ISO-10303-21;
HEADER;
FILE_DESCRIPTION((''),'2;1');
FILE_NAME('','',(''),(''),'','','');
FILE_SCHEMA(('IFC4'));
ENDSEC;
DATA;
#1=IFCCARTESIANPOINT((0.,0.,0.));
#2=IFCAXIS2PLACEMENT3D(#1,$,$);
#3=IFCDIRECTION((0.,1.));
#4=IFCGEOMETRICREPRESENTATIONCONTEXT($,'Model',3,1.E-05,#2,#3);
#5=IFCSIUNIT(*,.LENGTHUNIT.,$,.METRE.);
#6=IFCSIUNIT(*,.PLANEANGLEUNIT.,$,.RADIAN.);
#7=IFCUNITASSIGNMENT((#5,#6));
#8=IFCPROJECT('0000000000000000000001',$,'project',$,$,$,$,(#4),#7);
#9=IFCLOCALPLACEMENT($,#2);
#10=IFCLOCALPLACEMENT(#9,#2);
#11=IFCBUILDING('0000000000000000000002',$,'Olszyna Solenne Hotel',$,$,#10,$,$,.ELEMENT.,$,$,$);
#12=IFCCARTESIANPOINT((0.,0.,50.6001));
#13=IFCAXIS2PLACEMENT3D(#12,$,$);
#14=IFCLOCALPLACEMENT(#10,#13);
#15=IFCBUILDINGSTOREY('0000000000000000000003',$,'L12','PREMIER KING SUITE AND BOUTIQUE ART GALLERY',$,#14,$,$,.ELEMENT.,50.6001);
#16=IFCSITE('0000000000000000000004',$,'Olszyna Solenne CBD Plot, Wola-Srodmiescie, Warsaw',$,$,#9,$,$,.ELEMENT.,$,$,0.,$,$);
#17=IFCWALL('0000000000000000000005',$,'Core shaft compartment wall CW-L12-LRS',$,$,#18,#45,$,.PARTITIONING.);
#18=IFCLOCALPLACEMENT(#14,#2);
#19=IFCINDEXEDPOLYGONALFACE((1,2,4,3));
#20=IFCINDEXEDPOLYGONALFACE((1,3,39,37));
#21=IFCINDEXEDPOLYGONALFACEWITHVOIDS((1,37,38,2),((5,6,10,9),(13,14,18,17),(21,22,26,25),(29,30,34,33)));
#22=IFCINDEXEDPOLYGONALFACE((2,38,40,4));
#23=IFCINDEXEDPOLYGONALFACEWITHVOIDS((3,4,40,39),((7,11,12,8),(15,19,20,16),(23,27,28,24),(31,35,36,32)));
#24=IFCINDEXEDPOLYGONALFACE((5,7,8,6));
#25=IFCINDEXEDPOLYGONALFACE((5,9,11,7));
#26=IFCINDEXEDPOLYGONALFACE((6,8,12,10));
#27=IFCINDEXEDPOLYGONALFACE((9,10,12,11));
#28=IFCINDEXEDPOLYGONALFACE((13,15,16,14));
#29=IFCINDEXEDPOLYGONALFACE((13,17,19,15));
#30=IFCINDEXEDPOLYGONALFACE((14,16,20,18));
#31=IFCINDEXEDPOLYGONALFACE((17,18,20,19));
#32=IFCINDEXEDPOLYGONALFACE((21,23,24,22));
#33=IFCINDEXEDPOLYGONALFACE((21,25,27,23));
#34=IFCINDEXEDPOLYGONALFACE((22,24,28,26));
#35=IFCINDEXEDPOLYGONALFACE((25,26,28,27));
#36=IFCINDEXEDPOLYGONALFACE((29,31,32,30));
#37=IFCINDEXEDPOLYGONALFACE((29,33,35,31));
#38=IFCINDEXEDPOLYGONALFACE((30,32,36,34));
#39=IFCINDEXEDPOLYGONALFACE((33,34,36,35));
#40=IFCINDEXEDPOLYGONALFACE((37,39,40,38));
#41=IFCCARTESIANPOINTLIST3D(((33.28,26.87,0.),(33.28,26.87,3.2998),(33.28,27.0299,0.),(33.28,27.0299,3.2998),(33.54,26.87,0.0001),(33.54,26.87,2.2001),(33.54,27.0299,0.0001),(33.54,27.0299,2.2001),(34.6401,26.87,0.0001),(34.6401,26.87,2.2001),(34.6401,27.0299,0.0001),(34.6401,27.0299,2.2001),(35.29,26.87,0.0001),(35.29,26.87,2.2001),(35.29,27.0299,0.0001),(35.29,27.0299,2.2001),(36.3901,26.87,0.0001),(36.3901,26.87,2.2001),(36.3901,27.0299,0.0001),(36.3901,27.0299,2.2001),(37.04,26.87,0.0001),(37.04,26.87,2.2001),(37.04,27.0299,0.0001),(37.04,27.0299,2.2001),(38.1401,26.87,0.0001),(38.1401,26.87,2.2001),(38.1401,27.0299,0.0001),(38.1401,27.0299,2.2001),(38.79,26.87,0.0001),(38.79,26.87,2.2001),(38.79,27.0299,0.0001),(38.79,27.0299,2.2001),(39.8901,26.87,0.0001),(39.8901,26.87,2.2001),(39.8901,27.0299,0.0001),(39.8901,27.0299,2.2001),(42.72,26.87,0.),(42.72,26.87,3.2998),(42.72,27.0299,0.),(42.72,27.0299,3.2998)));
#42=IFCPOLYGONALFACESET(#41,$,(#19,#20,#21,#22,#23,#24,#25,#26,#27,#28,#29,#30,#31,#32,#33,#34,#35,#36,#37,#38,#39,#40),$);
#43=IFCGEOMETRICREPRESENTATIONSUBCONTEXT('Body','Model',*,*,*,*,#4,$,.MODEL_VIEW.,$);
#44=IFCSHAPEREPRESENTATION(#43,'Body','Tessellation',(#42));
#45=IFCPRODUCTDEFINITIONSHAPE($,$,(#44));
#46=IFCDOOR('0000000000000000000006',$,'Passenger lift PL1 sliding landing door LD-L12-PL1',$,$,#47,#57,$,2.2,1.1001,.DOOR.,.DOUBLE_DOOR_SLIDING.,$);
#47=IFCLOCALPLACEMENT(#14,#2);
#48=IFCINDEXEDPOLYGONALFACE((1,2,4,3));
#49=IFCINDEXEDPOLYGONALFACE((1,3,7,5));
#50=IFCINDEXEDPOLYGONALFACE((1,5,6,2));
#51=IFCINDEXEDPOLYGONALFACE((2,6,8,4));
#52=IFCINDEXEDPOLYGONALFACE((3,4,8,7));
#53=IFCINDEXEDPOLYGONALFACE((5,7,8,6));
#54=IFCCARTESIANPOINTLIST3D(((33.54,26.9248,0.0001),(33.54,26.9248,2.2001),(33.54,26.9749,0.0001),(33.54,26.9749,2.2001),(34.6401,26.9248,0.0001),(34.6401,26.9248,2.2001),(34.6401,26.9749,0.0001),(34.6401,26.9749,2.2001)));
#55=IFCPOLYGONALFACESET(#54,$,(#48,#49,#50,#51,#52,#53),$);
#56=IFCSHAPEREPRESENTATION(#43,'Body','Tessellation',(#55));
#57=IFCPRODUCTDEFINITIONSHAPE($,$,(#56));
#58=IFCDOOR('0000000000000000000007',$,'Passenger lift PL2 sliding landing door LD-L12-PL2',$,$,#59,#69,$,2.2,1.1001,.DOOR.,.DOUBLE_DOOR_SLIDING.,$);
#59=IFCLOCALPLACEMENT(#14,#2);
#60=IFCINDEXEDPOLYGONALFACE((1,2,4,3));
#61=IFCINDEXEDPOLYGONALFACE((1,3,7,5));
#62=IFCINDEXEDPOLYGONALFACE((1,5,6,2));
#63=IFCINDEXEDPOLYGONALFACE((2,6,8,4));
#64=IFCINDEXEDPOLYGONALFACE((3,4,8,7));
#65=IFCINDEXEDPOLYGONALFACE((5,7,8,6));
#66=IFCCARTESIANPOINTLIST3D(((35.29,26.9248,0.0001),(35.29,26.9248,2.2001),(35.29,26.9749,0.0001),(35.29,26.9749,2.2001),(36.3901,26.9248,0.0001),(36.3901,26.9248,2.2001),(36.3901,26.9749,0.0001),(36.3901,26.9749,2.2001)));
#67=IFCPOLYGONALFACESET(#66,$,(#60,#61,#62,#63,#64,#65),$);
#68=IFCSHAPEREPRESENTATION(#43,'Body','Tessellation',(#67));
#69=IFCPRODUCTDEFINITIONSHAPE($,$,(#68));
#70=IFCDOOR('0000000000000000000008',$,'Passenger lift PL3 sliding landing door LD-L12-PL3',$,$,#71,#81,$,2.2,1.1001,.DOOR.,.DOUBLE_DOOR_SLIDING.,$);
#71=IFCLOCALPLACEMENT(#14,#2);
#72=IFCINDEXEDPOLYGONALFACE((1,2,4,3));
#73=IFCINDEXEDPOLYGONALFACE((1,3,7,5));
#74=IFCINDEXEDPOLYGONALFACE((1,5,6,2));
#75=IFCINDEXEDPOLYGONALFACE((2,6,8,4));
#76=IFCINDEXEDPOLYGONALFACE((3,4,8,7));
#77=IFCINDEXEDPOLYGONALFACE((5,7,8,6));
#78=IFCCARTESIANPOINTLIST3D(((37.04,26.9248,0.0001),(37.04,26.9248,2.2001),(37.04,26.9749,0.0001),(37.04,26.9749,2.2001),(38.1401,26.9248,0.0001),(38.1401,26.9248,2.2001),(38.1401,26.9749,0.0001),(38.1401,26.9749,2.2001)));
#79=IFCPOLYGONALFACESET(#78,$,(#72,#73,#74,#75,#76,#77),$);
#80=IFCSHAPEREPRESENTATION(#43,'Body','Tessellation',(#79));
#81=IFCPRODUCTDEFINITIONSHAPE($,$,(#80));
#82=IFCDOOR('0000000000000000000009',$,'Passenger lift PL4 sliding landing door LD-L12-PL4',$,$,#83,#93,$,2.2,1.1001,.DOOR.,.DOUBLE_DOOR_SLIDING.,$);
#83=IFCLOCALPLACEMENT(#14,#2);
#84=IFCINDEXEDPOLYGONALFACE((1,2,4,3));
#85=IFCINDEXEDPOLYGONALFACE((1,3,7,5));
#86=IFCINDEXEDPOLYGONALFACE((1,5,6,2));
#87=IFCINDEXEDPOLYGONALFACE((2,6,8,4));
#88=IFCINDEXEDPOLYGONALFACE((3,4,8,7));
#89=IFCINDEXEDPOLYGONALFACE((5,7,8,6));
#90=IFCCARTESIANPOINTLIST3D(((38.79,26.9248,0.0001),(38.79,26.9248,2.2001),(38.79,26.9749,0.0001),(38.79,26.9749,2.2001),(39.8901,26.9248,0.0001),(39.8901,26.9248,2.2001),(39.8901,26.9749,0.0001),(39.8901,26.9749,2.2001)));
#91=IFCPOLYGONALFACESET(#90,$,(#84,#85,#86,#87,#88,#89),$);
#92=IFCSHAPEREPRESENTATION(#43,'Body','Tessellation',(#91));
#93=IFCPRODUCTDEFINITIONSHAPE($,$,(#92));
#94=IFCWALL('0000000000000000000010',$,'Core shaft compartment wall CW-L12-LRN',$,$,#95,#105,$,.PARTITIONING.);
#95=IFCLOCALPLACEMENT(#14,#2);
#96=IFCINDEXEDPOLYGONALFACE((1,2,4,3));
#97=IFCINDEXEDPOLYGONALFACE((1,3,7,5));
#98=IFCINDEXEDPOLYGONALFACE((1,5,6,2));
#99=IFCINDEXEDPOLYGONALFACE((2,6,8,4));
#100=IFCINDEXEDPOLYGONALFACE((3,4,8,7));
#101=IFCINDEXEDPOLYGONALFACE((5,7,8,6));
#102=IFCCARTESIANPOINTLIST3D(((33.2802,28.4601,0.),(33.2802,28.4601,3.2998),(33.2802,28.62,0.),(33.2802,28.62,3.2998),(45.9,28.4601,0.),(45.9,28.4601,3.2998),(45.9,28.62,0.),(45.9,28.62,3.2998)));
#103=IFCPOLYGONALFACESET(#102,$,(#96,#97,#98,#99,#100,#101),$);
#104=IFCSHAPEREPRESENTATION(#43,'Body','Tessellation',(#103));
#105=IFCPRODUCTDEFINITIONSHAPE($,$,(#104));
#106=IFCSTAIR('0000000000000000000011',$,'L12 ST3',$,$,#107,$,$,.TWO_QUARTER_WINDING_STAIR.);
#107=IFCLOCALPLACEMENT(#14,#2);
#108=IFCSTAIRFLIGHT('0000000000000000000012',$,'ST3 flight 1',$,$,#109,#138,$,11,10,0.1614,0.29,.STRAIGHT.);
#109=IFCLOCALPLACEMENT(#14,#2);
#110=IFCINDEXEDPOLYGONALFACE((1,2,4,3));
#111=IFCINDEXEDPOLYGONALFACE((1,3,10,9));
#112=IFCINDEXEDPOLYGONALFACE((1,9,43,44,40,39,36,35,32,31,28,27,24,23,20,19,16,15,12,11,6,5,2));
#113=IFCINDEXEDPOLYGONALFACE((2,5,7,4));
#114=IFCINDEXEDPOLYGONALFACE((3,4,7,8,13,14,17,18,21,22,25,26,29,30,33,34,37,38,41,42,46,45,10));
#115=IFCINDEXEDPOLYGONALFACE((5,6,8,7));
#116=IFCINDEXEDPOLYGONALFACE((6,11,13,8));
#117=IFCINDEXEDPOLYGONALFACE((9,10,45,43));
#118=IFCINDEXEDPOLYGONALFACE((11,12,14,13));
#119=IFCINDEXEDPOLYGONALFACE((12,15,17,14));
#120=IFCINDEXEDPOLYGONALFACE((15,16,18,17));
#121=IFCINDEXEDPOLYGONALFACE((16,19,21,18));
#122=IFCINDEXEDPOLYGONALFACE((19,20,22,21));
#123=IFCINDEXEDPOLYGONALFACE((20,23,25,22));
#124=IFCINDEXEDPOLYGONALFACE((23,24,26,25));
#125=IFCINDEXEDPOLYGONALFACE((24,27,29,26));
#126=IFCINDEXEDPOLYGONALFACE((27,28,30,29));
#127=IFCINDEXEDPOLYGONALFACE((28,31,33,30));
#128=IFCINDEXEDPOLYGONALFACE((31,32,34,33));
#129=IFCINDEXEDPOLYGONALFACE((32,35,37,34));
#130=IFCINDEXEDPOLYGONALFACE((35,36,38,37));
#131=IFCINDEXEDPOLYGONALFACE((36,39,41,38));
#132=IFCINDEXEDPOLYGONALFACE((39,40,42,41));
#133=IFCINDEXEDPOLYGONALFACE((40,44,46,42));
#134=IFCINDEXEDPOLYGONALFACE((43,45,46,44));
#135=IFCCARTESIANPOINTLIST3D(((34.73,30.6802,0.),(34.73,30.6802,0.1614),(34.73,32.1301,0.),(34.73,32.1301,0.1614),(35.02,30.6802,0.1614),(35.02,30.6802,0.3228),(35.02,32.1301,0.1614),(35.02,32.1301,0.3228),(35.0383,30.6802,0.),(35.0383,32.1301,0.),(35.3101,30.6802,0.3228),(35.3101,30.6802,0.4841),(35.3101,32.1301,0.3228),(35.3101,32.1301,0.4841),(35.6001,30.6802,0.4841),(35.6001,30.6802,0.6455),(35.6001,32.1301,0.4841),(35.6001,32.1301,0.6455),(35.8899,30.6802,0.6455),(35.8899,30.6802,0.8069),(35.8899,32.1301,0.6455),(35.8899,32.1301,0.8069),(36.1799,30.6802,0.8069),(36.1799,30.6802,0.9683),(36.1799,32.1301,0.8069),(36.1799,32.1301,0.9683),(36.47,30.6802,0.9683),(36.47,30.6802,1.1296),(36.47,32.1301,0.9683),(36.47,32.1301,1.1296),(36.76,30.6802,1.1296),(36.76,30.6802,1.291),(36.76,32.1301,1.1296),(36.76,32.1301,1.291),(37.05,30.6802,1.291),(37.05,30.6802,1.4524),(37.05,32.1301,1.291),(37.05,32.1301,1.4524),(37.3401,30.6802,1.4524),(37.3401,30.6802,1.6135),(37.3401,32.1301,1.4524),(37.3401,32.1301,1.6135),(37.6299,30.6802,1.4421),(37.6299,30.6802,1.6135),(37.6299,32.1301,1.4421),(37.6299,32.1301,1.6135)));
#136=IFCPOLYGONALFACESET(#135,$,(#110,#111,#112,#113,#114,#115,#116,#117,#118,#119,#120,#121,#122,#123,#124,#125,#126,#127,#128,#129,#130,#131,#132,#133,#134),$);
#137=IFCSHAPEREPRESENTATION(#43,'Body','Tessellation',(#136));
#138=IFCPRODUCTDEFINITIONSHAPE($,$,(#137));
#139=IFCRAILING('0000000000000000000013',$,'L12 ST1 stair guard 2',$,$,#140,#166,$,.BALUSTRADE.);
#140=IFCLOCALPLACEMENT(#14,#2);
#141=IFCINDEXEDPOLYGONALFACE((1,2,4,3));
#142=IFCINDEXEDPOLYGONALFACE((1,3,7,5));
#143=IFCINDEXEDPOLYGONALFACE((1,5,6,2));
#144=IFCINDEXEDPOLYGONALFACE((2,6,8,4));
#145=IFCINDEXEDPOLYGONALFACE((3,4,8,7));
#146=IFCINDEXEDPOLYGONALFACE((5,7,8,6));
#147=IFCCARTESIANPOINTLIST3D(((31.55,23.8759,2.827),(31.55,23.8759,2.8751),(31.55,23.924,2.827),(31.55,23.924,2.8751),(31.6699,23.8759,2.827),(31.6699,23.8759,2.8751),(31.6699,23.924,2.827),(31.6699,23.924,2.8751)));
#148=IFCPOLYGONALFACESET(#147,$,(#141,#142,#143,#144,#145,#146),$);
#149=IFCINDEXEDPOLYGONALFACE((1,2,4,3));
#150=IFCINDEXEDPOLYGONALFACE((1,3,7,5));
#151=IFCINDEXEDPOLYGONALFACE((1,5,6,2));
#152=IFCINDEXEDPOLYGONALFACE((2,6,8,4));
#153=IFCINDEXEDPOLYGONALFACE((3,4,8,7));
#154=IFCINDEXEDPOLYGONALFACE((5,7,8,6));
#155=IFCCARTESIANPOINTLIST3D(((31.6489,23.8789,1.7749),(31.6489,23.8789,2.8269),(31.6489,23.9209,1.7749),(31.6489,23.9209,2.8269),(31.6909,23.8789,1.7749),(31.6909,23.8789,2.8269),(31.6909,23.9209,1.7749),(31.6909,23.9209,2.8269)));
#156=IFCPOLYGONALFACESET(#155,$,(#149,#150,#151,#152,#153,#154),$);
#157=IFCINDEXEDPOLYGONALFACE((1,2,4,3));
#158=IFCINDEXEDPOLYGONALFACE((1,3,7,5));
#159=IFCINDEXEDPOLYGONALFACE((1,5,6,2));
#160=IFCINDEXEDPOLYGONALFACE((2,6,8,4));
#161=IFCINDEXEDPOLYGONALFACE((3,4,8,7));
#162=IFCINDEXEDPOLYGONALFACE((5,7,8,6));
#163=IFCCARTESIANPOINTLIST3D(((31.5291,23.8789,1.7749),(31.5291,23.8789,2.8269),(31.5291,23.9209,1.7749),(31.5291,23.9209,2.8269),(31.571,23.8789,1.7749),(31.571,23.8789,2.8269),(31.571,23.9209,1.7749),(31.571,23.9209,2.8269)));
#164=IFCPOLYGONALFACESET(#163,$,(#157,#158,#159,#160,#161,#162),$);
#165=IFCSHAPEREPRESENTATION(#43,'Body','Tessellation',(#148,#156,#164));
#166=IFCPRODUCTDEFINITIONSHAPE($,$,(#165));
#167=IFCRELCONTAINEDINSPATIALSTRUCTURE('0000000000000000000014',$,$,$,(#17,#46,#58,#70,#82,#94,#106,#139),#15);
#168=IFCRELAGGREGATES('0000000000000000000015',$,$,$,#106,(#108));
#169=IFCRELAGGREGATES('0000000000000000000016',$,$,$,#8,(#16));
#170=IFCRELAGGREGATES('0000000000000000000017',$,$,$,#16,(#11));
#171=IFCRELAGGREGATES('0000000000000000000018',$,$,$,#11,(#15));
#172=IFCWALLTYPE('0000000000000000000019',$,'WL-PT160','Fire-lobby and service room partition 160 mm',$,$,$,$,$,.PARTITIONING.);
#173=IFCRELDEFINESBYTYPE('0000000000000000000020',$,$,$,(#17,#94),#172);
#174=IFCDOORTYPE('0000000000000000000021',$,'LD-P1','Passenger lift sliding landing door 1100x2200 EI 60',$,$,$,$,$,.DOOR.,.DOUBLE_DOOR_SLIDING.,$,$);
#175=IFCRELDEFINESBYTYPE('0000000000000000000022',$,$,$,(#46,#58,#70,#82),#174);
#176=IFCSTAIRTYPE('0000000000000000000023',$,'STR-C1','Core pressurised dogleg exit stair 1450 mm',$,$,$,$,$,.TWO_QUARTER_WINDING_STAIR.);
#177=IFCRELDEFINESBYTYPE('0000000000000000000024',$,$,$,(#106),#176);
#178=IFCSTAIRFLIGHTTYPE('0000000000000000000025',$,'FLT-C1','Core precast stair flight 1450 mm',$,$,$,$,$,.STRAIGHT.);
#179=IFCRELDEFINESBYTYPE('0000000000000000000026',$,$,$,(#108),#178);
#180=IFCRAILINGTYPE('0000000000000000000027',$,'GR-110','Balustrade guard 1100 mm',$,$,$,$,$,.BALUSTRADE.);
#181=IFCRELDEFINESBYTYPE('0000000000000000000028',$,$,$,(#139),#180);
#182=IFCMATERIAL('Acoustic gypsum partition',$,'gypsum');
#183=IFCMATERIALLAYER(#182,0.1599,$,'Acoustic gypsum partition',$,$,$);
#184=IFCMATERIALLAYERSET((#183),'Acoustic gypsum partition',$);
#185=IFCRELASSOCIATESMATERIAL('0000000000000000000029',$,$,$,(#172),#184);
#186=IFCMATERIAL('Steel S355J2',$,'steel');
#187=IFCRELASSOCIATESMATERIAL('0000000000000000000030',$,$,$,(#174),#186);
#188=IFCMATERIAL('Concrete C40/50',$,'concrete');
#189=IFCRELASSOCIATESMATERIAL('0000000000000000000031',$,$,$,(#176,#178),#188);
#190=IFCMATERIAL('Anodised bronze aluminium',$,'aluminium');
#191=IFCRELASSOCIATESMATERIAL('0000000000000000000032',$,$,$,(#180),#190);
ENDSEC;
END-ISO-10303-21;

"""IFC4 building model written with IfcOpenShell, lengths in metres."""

from ifc_helpers import new_model, si_unit, direction, frame, frame_2d, origin, origin_2d, place, context, subcontext, project, spatial, polyline, rectangle, outline, extrude, source, transform, mapped, material, layer, layer_set, type_object, type_shapes, element, fill, aggregate, save


model = new_model("IFC4")

# Units and contexts
model_context = context("Model", 3, precision=1e-05, world=origin(), true_north=direction((0.0, 1.0)))
body_context = subcontext(model_context, "Body", "Model", "MODEL_VIEW")
ifc_project = project(units=[si_unit("LENGTHUNIT", "METRE"), si_unit("PLANEANGLEUNIT", "RADIAN")], contexts=[model_context])

# Site, building, storey
site_placement = place(None, origin())
site = spatial("IfcSite", under=ifc_project, at=site_placement, Name="Olszyna Solenne CBD Plot, Wola-Srodmiescie, Warsaw", CompositionType="ELEMENT", RefElevation=0.0)
building_placement = place(site_placement, origin())
building = spatial("IfcBuilding", under=site, at=building_placement, Name="Olszyna Solenne Hotel", CompositionType="ELEMENT")
storey_placement = place(building_placement, frame((0.0, 0.0, 50.6001)))
storey = spatial("IfcBuildingStorey", under=building, at=storey_placement, Name="L12", Description="PREMIER KING SUITE AND BOUTIQUE ART GALLERY", CompositionType="ELEMENT", Elevation=50.6001)

# Shared definitions
ifc_material_1 = material(Name="Steel S355J2", Category="steel")

# Shared definitions
ifc_material_2 = material(Name="Acoustic gypsum partition", Category="gypsum")
ifc_layer_1 = layer(ifc_material_2, 0.1599, Name="Acoustic gypsum partition")
ifc_layer_set_1 = layer_set([ifc_layer_1], Name="Acoustic gypsum partition")
wall_type_1 = type_object("IfcWallType", Name="WL-PT160", Description="Fire-lobby and service room partition 160 mm", PredefinedType="PARTITIONING", material=ifc_layer_set_1)

# Wall, openings, doors
wall_1_placement = place(storey_placement, frame((33.28, 26.95, 0.0), z_axis=(0.0, 0.0, 1.0), x_axis=(1.0, 0.0, 0.0)))
wall_1 = element("IfcWall", 1, at=wall_1_placement, inside=storey, type_object=wall_type_1, Name="Core shaft compartment wall CW-L12-LRS", PredefinedType="PARTITIONING", context=body_context, shape_type="SweptSolid", body=[
    extrude(rectangle(XDim=9.4399, YDim=0.1599, at=frame_2d((4.72, 0.0))), origin(), (0.0, 0.0, 1.0), 3.2998),
])
opening_1_placement = place(wall_1_placement, frame((0.26, 0.0, 0.0)))
opening_1 = element("IfcOpeningElement", 2, at=opening_1_placement, cuts=wall_1, PredefinedType="OPENING", context=body_context, shape_type="SweptSolid", body=[
    extrude(rectangle(XDim=1.1001, YDim=2.2, at=frame_2d((0.55, 1.1001))), frame((0.0, 0.0898, 0.0), z_axis=(0.0, -1.0, 0.0), x_axis=(1.0, 0.0, 0.0)), (0.0, 0.0, 1.0), 0.1799),
])
opening_2_placement = place(wall_1_placement, frame((2.01, 0.0, 0.0)))
opening_2 = element("IfcOpeningElement", 3, at=opening_2_placement, cuts=wall_1, PredefinedType="OPENING", context=body_context, shape_type="SweptSolid", body=[
    extrude(rectangle(XDim=1.1001, YDim=2.2, at=frame_2d((0.55, 1.1001))), frame((0.0, 0.0898, 0.0), z_axis=(0.0, -1.0, 0.0), x_axis=(1.0, 0.0, 0.0)), (0.0, 0.0, 1.0), 0.1799),
])
opening_3_placement = place(wall_1_placement, frame((3.76, 0.0, 0.0)))
opening_3 = element("IfcOpeningElement", 4, at=opening_3_placement, cuts=wall_1, PredefinedType="OPENING", context=body_context, shape_type="SweptSolid", body=[
    extrude(rectangle(XDim=1.1001, YDim=2.2, at=frame_2d((0.55, 1.1001))), frame((0.0, 0.0898, 0.0), z_axis=(0.0, -1.0, 0.0), x_axis=(1.0, 0.0, 0.0)), (0.0, 0.0, 1.0), 0.1799),
])
opening_4_placement = place(wall_1_placement, frame((5.51, 0.0, 0.0)))
opening_4 = element("IfcOpeningElement", 5, at=opening_4_placement, cuts=wall_1, PredefinedType="OPENING", context=body_context, shape_type="SweptSolid", body=[
    extrude(rectangle(XDim=1.1001, YDim=2.2, at=frame_2d((0.55, 1.1001))), frame((0.0, 0.0898, 0.0), z_axis=(0.0, -1.0, 0.0), x_axis=(1.0, 0.0, 0.0)), (0.0, 0.0, 1.0), 0.1799),
])
door_type = type_object("IfcDoorType", Name="LD-P1", Description="Passenger lift sliding landing door 1100x2200 EI 60", OperationType="DOUBLE_DOOR_SLIDING", PredefinedType="DOOR", material=ifc_material_1)
shared_shape_1 = source(origin(), body_context, "Body", "SweptSolid", [
    extrude(rectangle(XDim=1.1001, YDim=2.2, at=frame_2d((0.55, 1.1001))), frame((0.0, 0.0249, 0.0), z_axis=(0.0, -1.0, 0.0), x_axis=(1.0, 0.0, 0.0)), (0.0, 0.0, 1.0), 0.05),
])
type_shapes(door_type, [shared_shape_1])
door_1_placement = place(opening_1_placement, origin())
door_1 = element("IfcDoor", 6, at=door_1_placement, inside=storey, type_object=door_type, Name="Passenger lift PL1 sliding landing door LD-L12-PL1", OperationType="DOUBLE_DOOR_SLIDING", OverallHeight=2.2, OverallWidth=1.1001, PredefinedType="DOOR", context=body_context, shape_type="MappedRepresentation", body=[
    mapped(shared_shape_1, transform((0.0, 0.0, 0.0), x_axis=(1.0, 0.0, 0.0), y_axis=(0.0, 1.0, 0.0), z_axis=(0.0, 0.0, 1.0), scale=1.0)),
])
fill(opening_1, door_1)
door_2_placement = place(opening_2_placement, origin())
door_2 = element("IfcDoor", 7, at=door_2_placement, inside=storey, type_object=door_type, Name="Passenger lift PL2 sliding landing door LD-L12-PL2", OperationType="DOUBLE_DOOR_SLIDING", OverallHeight=2.2, OverallWidth=1.1001, PredefinedType="DOOR", context=body_context, shape_type="MappedRepresentation", body=[
    mapped(shared_shape_1, transform((0.0, 0.0, 0.0), x_axis=(1.0, 0.0, 0.0), y_axis=(0.0, 1.0, 0.0), z_axis=(0.0, 0.0, 1.0), scale=1.0)),
])
fill(opening_2, door_2)
door_3_placement = place(opening_3_placement, origin())
door_3 = element("IfcDoor", 8, at=door_3_placement, inside=storey, type_object=door_type, Name="Passenger lift PL3 sliding landing door LD-L12-PL3", OperationType="DOUBLE_DOOR_SLIDING", OverallHeight=2.2, OverallWidth=1.1001, PredefinedType="DOOR", context=body_context, shape_type="MappedRepresentation", body=[
    mapped(shared_shape_1, transform((0.0, 0.0, 0.0), x_axis=(1.0, 0.0, 0.0), y_axis=(0.0, 1.0, 0.0), z_axis=(0.0, 0.0, 1.0), scale=1.0)),
])
fill(opening_3, door_3)
door_4_placement = place(opening_4_placement, origin())
door_4 = element("IfcDoor", 9, at=door_4_placement, inside=storey, type_object=door_type, Name="Passenger lift PL4 sliding landing door LD-L12-PL4", OperationType="DOUBLE_DOOR_SLIDING", OverallHeight=2.2, OverallWidth=1.1001, PredefinedType="DOOR", context=body_context, shape_type="MappedRepresentation", body=[
    mapped(shared_shape_1, transform((0.0, 0.0, 0.0), x_axis=(1.0, 0.0, 0.0), y_axis=(0.0, 1.0, 0.0), z_axis=(0.0, 0.0, 1.0), scale=1.0)),
])
fill(opening_4, door_4)

# Wall
wall_2_placement = place(storey_placement, frame((33.28, 28.54, 0.0), z_axis=(0.0, 0.0, 1.0), x_axis=(1.0, 0.0, 0.0)))
element("IfcWall", 10, at=wall_2_placement, inside=storey, type_object=wall_type_1, Name="Core shaft compartment wall CW-L12-LRN", PredefinedType="PARTITIONING", context=body_context, shape_type="SweptSolid", body=[
    extrude(rectangle(XDim=12.6199, YDim=0.1599, at=frame_2d((6.3101, 0.0))), origin(), (0.0, 0.0, 1.0), 3.2998),
])

# Stair, stair flight
ifc_material_3 = material(Name="Concrete C40/50", Category="concrete")
stair_type = type_object("IfcStairType", Name="STR-C1", Description="Core pressurised dogleg exit stair 1450 mm", PredefinedType="TWO_QUARTER_WINDING_STAIR", material=ifc_material_3)
stair_placement = place(storey_placement, origin())
stair = element("IfcStair", 11, at=stair_placement, inside=storey, type_object=stair_type, Name="L12 ST3", PredefinedType="TWO_QUARTER_WINDING_STAIR")
stair_flight_type = type_object("IfcStairFlightType", Name="FLT-C1", Description="Core precast stair flight 1450 mm", PredefinedType="STRAIGHT", material=ifc_material_3)
stair_flight_placement = place(storey_placement, frame((34.73, 31.405, 0.0), z_axis=(0.0, 0.0, 1.0), x_axis=(1.0, 0.0, 0.0)))
stair_flight = element("IfcStairFlight", 12, at=stair_flight_placement, type_object=stair_flight_type, Name="ST3 flight 1", NumberOfRisers=11, NumberOfTreads=10, PredefinedType="STRAIGHT", RiserHeight=0.1614, TreadLength=0.29, context=body_context, shape_type="SweptSolid", body=[
    extrude(outline(polyline([(0.0, 0.0), (0.0, 0.1614), (0.29, 0.1614), (0.29, 0.3228), (0.5801, 0.3228), (0.5801, 0.4841), (0.8701, 0.4841), (0.8701, 0.6455), (1.1599, 0.6455), (1.1599, 0.8069), (1.45, 0.8069), (1.45, 0.9683), (1.74, 0.9683), (1.74, 1.1296), (2.03, 1.1296), (2.03, 1.291), (2.3201, 1.291), (2.3201, 1.4524), (2.6101, 1.4524), (2.6101, 1.6135), (2.8999, 1.6135), (2.8999, 1.7749), (2.8999, 1.4421), (0.3083, 0.0), (0.0, 0.0)])), frame((0.0, 0.7251, 0.0), z_axis=(0.0, -1.0, 0.0), x_axis=(1.0, 0.0, 0.0)), (0.0, 0.0, 1.0), 1.45),
])
aggregate(stair, [stair_flight])

# Railing
ifc_material_4 = material(Name="Anodised bronze aluminium", Category="aluminium")
railing_type_1 = type_object("IfcRailingType", Name="GR-110", Description="Balustrade guard 1100 mm", PredefinedType="BALUSTRADE", material=ifc_material_4)
railing_1_placement = place(storey_placement, frame((31.6699, 23.8999, 1.7749)))
element("IfcRailing", 13, at=railing_1_placement, inside=storey, type_object=railing_type_1, Name="L12 ST1 stair guard 2", PredefinedType="BALUSTRADE", context=body_context, shape_type="SweptSolid", body=[
    extrude(rectangle(XDim=0.0481, YDim=0.0481, at=origin_2d()), frame((0.0, 0.0, 1.0762), z_axis=(-1.0, 0.0, 0.0), x_axis=(0.0, -1.0, 0.0)), (0.0, 0.0, 1.0), 0.1199),
    extrude(rectangle(XDim=0.042, YDim=0.042, at=origin_2d()), origin(), (0.0, 0.0, 1.0), 1.052),
    extrude(rectangle(XDim=0.042, YDim=0.042, at=origin_2d()), frame((-0.1199, 0.0, 0.0)), (0.0, 0.0, 1.0), 1.052),
])

save(model, "model.ifc")
